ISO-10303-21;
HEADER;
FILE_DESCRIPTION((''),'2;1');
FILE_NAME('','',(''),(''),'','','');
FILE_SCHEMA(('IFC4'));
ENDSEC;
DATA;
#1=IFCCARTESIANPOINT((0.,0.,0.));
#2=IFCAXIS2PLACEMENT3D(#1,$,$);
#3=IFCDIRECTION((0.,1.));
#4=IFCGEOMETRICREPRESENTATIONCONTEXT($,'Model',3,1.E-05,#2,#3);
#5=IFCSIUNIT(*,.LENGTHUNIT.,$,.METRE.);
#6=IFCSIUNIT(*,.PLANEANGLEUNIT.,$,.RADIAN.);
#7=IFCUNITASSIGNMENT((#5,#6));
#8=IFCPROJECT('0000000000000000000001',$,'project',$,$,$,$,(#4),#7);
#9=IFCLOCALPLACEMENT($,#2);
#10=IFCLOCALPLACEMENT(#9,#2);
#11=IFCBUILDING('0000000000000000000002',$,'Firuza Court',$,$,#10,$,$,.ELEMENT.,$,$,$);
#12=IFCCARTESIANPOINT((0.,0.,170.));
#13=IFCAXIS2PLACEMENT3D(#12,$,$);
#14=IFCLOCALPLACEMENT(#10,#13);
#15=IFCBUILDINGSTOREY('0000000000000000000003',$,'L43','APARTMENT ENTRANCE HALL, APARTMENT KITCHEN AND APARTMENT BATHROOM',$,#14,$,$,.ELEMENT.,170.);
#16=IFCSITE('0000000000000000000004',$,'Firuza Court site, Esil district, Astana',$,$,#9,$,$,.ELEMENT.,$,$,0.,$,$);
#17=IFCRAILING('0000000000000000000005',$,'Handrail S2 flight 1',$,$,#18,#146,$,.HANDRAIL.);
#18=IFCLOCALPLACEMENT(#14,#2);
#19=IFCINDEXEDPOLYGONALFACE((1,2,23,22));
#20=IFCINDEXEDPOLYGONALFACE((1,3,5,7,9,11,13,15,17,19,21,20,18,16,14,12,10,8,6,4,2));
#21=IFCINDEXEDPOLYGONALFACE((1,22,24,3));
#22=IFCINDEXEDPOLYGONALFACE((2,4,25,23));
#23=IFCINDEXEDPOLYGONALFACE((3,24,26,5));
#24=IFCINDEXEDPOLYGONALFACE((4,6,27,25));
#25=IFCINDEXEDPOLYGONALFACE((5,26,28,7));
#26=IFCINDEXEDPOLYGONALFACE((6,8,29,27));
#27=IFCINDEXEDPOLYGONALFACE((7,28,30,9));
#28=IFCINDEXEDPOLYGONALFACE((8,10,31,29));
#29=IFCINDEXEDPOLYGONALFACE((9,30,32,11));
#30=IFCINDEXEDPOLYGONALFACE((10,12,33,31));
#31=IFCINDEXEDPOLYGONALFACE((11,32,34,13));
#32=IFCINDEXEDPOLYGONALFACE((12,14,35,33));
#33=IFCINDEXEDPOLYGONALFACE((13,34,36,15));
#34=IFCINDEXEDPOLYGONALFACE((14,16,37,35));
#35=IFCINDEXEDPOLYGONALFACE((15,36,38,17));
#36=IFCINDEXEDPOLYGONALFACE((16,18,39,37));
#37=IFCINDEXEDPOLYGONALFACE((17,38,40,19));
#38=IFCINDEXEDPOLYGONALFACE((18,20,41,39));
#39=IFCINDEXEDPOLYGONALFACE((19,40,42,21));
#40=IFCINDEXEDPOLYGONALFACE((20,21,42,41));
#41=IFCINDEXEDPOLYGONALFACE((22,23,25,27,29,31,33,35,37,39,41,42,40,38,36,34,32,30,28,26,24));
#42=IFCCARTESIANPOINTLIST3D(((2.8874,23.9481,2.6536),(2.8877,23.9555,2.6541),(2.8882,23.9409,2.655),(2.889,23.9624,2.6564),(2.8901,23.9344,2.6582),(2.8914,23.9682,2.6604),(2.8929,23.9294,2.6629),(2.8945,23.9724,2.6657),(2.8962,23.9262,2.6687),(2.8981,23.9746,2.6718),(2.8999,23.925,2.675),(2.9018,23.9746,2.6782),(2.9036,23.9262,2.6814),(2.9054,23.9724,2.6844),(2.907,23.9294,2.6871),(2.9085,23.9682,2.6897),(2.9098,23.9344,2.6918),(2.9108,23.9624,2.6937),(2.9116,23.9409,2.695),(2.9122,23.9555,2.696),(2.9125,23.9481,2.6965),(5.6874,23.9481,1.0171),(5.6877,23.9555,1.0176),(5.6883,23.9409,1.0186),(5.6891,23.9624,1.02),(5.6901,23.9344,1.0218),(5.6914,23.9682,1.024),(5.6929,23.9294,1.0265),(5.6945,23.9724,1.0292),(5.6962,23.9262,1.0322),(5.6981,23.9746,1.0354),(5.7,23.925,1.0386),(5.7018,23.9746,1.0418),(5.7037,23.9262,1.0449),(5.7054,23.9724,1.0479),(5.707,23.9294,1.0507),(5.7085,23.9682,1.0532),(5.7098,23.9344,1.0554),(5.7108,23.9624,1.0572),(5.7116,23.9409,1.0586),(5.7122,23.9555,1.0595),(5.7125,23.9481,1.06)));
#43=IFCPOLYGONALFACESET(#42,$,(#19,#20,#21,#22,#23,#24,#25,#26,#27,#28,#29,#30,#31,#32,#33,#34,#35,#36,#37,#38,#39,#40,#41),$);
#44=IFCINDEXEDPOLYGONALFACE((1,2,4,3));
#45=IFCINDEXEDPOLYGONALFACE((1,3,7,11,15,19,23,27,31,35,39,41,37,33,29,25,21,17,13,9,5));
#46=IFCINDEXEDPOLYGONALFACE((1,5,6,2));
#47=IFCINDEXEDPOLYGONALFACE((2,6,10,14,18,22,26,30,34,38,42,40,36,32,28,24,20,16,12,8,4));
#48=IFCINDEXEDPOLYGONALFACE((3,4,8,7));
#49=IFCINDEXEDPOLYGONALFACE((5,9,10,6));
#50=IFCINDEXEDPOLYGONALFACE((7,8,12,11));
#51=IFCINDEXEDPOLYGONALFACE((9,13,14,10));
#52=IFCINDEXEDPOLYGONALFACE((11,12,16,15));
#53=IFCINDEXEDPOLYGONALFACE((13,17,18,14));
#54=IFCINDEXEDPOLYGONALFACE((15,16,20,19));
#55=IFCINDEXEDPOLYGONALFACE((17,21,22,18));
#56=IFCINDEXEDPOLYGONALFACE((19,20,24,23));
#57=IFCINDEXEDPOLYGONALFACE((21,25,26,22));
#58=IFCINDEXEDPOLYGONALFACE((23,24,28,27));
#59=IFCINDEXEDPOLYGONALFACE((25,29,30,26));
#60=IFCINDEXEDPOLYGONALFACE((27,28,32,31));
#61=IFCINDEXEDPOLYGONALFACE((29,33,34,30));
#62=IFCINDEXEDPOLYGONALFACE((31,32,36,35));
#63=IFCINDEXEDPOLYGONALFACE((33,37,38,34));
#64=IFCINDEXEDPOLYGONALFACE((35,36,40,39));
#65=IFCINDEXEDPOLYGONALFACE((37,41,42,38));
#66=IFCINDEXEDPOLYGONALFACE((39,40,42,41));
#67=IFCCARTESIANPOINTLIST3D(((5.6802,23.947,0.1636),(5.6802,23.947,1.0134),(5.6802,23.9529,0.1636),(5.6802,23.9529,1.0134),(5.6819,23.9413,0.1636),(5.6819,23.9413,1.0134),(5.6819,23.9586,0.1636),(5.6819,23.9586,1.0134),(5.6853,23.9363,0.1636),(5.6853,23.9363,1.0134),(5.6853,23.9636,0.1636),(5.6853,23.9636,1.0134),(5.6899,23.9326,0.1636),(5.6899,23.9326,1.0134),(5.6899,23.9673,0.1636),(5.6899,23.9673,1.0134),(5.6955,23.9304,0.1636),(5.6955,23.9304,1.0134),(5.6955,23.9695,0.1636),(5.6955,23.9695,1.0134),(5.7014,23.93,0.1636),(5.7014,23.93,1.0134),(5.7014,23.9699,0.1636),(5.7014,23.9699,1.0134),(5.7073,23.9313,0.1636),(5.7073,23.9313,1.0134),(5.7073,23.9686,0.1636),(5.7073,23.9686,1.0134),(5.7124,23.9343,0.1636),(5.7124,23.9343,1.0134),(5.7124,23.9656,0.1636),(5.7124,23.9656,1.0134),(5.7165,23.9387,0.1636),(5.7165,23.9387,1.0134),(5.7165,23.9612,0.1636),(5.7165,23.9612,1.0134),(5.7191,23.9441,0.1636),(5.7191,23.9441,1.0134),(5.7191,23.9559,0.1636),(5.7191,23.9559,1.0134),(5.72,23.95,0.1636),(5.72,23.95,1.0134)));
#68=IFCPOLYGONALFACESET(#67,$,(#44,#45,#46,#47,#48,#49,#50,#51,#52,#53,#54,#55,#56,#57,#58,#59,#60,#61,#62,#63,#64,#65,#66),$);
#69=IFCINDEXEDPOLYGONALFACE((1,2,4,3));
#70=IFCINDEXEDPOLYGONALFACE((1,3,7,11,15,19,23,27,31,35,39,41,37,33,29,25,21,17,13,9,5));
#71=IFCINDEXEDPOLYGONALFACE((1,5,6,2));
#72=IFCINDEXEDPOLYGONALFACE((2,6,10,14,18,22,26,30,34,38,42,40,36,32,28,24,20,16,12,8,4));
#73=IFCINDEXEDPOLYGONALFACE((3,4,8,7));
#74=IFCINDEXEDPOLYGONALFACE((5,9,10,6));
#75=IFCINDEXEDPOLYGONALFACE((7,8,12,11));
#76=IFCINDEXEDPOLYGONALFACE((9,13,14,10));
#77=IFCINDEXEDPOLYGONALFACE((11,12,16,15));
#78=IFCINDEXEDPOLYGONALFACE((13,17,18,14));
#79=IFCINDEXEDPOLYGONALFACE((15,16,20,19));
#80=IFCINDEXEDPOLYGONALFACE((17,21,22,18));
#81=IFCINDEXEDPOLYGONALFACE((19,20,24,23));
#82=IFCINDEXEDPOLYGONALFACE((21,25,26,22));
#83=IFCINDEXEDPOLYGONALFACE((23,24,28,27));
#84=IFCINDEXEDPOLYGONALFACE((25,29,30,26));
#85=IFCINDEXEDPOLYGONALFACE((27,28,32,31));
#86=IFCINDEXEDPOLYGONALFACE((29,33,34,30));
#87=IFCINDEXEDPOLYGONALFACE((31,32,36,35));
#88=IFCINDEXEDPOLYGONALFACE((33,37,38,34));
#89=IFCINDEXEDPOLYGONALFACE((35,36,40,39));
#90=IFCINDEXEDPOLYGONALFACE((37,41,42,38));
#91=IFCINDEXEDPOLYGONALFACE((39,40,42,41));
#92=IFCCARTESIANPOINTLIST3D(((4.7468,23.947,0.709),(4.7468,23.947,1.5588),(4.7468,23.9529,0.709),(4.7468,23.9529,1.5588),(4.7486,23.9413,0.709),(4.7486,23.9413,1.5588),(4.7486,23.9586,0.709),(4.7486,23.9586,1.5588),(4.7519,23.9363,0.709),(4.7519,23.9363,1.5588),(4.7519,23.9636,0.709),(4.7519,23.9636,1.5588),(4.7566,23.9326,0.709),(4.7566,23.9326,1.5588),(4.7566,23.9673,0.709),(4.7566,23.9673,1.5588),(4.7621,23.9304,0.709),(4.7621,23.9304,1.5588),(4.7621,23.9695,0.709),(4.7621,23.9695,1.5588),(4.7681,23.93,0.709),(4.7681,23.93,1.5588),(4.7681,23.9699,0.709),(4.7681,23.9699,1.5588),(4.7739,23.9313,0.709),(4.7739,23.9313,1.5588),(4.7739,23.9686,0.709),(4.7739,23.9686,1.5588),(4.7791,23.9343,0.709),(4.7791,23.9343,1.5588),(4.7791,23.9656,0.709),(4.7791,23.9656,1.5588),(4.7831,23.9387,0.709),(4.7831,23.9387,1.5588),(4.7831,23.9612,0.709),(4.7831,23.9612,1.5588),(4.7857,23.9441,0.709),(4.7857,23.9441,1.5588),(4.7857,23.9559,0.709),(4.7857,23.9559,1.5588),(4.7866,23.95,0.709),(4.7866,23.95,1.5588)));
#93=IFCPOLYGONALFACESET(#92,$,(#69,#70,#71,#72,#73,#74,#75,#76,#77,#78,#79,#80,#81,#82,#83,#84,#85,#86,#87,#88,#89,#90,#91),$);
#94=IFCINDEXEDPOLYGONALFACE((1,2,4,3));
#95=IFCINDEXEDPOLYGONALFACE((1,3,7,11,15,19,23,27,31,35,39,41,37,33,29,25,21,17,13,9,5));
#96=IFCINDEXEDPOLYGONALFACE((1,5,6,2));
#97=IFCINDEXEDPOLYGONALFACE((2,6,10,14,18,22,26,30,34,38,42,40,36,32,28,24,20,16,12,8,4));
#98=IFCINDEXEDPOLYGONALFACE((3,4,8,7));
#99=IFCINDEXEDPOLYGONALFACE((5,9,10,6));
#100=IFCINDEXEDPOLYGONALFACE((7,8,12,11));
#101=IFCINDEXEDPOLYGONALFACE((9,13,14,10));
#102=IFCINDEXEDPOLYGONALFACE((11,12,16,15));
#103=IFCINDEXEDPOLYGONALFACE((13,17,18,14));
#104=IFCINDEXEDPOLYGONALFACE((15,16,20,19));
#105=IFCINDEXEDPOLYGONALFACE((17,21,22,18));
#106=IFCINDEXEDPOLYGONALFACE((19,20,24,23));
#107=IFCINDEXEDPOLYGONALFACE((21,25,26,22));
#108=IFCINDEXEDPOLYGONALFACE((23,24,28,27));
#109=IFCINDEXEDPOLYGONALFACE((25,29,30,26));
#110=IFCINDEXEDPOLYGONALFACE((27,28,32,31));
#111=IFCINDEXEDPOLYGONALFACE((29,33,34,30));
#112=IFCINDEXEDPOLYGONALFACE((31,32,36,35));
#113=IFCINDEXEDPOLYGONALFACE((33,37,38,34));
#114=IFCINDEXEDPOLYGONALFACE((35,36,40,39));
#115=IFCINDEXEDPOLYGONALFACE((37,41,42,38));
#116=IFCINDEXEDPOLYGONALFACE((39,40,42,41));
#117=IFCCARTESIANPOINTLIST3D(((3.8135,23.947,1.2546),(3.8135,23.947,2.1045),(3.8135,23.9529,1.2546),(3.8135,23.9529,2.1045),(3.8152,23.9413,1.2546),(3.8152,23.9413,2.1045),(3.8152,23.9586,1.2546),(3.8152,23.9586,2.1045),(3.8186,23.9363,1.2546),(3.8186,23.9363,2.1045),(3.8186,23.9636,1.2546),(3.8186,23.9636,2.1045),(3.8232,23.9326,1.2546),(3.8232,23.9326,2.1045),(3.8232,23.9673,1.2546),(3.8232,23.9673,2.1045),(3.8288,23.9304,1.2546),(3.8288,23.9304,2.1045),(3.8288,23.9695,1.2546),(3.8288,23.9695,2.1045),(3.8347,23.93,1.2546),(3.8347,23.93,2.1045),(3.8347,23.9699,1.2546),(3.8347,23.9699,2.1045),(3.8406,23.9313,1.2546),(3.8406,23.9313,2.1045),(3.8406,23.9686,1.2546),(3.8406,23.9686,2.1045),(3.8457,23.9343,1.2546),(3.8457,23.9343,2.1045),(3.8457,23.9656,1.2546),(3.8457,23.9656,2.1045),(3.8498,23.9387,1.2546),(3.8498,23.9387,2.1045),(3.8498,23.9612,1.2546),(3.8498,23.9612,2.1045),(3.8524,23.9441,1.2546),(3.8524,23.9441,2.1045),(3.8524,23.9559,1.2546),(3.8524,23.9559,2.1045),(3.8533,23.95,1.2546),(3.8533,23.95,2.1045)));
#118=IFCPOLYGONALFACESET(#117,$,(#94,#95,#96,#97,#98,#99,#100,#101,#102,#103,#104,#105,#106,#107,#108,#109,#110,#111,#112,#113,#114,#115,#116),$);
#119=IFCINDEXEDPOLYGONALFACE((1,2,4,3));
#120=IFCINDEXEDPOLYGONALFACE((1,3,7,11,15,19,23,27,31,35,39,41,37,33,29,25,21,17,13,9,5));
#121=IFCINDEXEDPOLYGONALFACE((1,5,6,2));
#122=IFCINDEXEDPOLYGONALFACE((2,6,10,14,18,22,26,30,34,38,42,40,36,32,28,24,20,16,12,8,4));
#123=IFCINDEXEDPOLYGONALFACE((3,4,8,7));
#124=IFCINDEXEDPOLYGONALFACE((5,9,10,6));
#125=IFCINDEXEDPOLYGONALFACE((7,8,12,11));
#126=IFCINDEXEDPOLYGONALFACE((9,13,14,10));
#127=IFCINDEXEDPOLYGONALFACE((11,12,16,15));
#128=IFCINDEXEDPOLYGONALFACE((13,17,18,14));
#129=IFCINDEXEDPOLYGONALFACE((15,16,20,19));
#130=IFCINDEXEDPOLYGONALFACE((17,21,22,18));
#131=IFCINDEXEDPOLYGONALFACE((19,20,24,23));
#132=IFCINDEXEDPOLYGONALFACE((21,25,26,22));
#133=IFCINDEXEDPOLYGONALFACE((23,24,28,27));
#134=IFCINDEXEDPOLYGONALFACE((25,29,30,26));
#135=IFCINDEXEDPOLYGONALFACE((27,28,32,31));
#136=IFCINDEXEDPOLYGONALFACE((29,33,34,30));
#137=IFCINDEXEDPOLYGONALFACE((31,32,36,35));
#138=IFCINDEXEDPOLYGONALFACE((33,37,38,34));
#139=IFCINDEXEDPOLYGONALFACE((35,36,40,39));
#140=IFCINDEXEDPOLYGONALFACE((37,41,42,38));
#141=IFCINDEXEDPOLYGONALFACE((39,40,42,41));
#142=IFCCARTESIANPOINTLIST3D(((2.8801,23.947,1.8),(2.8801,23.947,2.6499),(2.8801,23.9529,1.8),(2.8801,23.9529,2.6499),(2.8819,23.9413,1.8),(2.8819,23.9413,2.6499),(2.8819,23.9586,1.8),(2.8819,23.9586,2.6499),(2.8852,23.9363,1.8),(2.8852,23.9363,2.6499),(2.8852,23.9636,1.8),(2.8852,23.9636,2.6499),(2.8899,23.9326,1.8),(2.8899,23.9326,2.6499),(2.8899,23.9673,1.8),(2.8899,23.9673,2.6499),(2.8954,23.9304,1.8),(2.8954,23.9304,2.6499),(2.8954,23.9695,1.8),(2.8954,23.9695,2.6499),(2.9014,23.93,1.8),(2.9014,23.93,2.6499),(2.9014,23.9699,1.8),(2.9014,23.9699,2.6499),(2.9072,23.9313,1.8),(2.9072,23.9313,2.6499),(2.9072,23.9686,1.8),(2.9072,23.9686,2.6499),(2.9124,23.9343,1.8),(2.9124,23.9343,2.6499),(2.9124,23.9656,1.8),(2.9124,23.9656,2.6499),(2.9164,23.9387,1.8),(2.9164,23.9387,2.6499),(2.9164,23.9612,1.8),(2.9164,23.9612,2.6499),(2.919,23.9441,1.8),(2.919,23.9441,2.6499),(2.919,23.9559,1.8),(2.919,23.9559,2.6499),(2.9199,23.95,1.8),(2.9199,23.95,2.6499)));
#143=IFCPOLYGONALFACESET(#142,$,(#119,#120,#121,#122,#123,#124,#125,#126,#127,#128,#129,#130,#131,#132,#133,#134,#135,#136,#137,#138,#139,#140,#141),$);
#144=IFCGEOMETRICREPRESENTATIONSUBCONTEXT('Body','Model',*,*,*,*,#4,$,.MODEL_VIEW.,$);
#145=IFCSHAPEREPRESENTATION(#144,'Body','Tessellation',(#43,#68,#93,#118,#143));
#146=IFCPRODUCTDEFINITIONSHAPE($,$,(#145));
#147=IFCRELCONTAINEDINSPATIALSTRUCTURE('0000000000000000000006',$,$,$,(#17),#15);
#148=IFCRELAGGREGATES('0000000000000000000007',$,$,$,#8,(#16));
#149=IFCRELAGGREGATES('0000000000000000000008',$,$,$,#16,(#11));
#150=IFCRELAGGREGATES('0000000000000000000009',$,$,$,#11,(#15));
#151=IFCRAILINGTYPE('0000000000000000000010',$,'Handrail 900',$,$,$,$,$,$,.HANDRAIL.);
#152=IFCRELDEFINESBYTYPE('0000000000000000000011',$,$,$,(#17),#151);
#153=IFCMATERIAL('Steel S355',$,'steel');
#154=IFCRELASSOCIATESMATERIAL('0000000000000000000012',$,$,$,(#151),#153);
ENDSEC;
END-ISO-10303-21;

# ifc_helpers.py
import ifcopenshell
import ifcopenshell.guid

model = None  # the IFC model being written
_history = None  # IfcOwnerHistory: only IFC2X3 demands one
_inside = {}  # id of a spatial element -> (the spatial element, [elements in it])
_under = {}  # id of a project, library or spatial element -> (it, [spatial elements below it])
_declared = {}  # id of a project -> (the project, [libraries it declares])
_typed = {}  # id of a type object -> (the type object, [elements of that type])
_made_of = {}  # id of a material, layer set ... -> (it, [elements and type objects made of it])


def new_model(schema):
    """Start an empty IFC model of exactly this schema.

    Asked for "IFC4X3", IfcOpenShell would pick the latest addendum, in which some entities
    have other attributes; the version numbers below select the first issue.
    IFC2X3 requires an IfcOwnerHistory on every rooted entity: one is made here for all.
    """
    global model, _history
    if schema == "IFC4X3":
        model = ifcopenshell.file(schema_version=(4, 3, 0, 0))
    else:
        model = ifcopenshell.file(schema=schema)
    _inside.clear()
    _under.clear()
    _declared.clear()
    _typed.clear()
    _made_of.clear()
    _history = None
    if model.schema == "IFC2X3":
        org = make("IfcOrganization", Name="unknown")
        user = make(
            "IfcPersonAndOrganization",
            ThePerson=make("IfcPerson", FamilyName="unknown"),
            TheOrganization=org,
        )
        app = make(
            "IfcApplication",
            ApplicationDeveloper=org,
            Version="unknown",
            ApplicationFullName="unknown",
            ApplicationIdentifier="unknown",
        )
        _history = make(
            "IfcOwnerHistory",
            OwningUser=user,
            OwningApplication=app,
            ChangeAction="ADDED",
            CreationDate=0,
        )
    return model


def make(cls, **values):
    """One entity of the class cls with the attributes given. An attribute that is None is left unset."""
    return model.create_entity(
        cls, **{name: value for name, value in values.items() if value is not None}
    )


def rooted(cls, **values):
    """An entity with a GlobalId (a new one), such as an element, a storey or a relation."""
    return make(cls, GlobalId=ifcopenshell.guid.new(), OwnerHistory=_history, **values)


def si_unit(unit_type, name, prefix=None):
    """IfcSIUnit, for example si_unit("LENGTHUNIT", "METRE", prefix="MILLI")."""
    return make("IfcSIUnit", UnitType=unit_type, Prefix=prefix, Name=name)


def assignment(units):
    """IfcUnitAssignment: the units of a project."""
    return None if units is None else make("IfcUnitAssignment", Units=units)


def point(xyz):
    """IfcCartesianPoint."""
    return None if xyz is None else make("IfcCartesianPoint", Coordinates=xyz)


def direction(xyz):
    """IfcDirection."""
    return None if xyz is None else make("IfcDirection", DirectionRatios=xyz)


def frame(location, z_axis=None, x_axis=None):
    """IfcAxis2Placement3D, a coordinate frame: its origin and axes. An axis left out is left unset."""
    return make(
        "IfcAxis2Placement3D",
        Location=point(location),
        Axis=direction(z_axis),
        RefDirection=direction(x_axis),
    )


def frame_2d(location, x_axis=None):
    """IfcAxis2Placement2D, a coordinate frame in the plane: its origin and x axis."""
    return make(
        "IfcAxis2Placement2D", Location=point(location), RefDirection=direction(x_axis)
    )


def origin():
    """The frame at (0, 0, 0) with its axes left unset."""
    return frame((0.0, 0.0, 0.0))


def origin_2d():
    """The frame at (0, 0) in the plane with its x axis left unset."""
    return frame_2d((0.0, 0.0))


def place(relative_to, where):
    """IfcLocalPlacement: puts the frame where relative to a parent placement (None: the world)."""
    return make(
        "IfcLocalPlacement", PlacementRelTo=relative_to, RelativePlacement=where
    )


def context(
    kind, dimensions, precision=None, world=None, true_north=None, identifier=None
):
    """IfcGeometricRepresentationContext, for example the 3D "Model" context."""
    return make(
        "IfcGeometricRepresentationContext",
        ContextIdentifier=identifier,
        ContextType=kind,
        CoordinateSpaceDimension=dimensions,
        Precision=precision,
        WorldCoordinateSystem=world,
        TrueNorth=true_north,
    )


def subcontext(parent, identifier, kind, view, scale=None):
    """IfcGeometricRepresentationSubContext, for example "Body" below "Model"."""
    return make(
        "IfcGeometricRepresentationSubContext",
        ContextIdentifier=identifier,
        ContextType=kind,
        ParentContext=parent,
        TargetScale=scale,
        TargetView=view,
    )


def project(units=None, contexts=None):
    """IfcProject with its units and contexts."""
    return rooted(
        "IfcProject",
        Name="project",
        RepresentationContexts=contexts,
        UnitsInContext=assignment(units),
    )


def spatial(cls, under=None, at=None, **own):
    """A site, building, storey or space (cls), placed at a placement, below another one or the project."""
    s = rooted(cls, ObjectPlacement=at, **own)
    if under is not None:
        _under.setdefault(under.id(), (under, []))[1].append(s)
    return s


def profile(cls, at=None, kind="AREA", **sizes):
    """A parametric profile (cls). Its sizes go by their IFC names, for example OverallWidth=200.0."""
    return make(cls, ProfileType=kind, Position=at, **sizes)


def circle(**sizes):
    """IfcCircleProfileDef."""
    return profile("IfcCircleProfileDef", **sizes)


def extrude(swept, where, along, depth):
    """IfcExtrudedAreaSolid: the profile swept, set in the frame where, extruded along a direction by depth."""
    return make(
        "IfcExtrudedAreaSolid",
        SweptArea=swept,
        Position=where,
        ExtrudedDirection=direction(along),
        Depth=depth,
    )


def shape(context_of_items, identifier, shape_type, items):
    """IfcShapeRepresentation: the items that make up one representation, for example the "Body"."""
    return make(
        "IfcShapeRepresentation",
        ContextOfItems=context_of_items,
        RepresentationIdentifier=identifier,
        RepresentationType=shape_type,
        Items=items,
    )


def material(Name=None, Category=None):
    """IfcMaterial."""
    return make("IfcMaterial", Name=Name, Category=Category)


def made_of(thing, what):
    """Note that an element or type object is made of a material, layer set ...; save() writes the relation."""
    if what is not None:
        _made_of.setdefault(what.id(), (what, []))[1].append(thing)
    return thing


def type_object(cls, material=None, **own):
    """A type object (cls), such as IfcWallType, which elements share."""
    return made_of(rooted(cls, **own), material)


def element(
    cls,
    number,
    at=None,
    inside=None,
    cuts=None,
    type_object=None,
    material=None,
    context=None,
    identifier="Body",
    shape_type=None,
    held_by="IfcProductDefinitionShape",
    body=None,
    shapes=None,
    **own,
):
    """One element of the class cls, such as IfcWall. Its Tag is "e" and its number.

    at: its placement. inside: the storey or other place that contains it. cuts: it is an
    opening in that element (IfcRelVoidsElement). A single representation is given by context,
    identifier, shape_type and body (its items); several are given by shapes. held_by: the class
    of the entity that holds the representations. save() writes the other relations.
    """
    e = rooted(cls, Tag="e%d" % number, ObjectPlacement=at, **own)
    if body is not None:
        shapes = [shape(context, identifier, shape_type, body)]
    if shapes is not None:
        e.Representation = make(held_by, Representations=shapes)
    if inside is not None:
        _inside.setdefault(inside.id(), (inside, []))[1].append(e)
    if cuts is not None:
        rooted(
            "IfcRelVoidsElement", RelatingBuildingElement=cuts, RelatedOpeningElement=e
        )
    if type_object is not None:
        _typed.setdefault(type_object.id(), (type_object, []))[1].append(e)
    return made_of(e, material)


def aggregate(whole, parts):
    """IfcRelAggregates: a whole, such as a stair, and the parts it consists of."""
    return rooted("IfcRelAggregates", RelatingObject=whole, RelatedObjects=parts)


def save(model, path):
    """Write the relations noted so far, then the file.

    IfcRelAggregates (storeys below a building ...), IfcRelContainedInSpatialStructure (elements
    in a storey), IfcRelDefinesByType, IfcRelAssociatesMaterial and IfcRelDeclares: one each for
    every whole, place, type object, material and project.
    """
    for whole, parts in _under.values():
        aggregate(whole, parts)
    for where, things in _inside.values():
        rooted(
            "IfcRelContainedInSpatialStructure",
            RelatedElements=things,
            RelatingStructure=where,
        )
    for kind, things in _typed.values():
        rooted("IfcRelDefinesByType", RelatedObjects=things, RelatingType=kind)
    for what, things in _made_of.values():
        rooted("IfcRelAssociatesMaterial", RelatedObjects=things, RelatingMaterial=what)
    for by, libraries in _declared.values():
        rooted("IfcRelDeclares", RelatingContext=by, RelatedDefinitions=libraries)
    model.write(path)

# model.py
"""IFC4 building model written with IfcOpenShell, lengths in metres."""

from ifc_helpers import new_model, si_unit, direction, frame, origin, origin_2d, place, context, subcontext, project, spatial, circle, extrude, material, type_object, element, save


model = new_model("IFC4")

# Units and contexts
model_context = context("Model", 3, precision=1e-05, world=origin(), true_north=direction((0.0, 1.0)))
body_context = subcontext(model_context, "Body", "Model", "MODEL_VIEW")
ifc_project = project(units=[si_unit("LENGTHUNIT", "METRE"), si_unit("PLANEANGLEUNIT", "RADIAN")], contexts=[model_context])

# Site, building, storey
site_placement = place(None, origin())
site = spatial("IfcSite", under=ifc_project, at=site_placement, Name="Firuza Court site, Esil district, Astana", CompositionType="ELEMENT", RefElevation=0.0)
building_placement = place(site_placement, origin())
building = spatial("IfcBuilding", under=site, at=building_placement, Name="Firuza Court", CompositionType="ELEMENT")
storey_placement = place(building_placement, frame((0.0, 0.0, 170.0)))
storey = spatial("IfcBuildingStorey", under=building, at=storey_placement, Name="L43", Description="APARTMENT ENTRANCE HALL, APARTMENT KITCHEN AND APARTMENT BATHROOM", CompositionType="ELEMENT", Elevation=170.0)

# Railing
ifc_material_1 = material(Name="Steel S355", Category="steel")
railing_type_1 = type_object("IfcRailingType", Name="Handrail 900", PredefinedType="HANDRAIL", material=ifc_material_1)
railing_1_placement = place(storey_placement, frame((5.7, 23.95, 0.1636)))
element("IfcRailing", 1, at=railing_1_placement, inside=storey, type_object=railing_type_1, Name="Handrail S2 flight 1", PredefinedType="HANDRAIL", context=body_context, shape_type="SweptSolid", body=[
    extrude(circle(Radius=0.0249, at=origin_2d()), frame((0.0, 0.0, 0.875), z_axis=(-0.863361, 0.0, 0.504587), x_axis=(0.0, -1.0, 0.0)), (0.0, 0.0, 1.0), 3.2432),
    extrude(circle(Radius=0.02, at=origin_2d()), origin(), (0.0, 0.0, 1.0), 0.8499),
    extrude(circle(Radius=0.02, at=origin_2d()), frame((-0.9333, 0.0, 0.5454)), (0.0, 0.0, 1.0), 0.8499),
    extrude(circle(Radius=0.02, at=origin_2d()), frame((-1.8667, 0.0, 1.0911)), (0.0, 0.0, 1.0), 0.8499),
    extrude(circle(Radius=0.02, at=origin_2d()), frame((-2.8, 0.0, 1.6365)), (0.0, 0.0, 1.0), 0.8499),
])

save(model, "model.ifc")
